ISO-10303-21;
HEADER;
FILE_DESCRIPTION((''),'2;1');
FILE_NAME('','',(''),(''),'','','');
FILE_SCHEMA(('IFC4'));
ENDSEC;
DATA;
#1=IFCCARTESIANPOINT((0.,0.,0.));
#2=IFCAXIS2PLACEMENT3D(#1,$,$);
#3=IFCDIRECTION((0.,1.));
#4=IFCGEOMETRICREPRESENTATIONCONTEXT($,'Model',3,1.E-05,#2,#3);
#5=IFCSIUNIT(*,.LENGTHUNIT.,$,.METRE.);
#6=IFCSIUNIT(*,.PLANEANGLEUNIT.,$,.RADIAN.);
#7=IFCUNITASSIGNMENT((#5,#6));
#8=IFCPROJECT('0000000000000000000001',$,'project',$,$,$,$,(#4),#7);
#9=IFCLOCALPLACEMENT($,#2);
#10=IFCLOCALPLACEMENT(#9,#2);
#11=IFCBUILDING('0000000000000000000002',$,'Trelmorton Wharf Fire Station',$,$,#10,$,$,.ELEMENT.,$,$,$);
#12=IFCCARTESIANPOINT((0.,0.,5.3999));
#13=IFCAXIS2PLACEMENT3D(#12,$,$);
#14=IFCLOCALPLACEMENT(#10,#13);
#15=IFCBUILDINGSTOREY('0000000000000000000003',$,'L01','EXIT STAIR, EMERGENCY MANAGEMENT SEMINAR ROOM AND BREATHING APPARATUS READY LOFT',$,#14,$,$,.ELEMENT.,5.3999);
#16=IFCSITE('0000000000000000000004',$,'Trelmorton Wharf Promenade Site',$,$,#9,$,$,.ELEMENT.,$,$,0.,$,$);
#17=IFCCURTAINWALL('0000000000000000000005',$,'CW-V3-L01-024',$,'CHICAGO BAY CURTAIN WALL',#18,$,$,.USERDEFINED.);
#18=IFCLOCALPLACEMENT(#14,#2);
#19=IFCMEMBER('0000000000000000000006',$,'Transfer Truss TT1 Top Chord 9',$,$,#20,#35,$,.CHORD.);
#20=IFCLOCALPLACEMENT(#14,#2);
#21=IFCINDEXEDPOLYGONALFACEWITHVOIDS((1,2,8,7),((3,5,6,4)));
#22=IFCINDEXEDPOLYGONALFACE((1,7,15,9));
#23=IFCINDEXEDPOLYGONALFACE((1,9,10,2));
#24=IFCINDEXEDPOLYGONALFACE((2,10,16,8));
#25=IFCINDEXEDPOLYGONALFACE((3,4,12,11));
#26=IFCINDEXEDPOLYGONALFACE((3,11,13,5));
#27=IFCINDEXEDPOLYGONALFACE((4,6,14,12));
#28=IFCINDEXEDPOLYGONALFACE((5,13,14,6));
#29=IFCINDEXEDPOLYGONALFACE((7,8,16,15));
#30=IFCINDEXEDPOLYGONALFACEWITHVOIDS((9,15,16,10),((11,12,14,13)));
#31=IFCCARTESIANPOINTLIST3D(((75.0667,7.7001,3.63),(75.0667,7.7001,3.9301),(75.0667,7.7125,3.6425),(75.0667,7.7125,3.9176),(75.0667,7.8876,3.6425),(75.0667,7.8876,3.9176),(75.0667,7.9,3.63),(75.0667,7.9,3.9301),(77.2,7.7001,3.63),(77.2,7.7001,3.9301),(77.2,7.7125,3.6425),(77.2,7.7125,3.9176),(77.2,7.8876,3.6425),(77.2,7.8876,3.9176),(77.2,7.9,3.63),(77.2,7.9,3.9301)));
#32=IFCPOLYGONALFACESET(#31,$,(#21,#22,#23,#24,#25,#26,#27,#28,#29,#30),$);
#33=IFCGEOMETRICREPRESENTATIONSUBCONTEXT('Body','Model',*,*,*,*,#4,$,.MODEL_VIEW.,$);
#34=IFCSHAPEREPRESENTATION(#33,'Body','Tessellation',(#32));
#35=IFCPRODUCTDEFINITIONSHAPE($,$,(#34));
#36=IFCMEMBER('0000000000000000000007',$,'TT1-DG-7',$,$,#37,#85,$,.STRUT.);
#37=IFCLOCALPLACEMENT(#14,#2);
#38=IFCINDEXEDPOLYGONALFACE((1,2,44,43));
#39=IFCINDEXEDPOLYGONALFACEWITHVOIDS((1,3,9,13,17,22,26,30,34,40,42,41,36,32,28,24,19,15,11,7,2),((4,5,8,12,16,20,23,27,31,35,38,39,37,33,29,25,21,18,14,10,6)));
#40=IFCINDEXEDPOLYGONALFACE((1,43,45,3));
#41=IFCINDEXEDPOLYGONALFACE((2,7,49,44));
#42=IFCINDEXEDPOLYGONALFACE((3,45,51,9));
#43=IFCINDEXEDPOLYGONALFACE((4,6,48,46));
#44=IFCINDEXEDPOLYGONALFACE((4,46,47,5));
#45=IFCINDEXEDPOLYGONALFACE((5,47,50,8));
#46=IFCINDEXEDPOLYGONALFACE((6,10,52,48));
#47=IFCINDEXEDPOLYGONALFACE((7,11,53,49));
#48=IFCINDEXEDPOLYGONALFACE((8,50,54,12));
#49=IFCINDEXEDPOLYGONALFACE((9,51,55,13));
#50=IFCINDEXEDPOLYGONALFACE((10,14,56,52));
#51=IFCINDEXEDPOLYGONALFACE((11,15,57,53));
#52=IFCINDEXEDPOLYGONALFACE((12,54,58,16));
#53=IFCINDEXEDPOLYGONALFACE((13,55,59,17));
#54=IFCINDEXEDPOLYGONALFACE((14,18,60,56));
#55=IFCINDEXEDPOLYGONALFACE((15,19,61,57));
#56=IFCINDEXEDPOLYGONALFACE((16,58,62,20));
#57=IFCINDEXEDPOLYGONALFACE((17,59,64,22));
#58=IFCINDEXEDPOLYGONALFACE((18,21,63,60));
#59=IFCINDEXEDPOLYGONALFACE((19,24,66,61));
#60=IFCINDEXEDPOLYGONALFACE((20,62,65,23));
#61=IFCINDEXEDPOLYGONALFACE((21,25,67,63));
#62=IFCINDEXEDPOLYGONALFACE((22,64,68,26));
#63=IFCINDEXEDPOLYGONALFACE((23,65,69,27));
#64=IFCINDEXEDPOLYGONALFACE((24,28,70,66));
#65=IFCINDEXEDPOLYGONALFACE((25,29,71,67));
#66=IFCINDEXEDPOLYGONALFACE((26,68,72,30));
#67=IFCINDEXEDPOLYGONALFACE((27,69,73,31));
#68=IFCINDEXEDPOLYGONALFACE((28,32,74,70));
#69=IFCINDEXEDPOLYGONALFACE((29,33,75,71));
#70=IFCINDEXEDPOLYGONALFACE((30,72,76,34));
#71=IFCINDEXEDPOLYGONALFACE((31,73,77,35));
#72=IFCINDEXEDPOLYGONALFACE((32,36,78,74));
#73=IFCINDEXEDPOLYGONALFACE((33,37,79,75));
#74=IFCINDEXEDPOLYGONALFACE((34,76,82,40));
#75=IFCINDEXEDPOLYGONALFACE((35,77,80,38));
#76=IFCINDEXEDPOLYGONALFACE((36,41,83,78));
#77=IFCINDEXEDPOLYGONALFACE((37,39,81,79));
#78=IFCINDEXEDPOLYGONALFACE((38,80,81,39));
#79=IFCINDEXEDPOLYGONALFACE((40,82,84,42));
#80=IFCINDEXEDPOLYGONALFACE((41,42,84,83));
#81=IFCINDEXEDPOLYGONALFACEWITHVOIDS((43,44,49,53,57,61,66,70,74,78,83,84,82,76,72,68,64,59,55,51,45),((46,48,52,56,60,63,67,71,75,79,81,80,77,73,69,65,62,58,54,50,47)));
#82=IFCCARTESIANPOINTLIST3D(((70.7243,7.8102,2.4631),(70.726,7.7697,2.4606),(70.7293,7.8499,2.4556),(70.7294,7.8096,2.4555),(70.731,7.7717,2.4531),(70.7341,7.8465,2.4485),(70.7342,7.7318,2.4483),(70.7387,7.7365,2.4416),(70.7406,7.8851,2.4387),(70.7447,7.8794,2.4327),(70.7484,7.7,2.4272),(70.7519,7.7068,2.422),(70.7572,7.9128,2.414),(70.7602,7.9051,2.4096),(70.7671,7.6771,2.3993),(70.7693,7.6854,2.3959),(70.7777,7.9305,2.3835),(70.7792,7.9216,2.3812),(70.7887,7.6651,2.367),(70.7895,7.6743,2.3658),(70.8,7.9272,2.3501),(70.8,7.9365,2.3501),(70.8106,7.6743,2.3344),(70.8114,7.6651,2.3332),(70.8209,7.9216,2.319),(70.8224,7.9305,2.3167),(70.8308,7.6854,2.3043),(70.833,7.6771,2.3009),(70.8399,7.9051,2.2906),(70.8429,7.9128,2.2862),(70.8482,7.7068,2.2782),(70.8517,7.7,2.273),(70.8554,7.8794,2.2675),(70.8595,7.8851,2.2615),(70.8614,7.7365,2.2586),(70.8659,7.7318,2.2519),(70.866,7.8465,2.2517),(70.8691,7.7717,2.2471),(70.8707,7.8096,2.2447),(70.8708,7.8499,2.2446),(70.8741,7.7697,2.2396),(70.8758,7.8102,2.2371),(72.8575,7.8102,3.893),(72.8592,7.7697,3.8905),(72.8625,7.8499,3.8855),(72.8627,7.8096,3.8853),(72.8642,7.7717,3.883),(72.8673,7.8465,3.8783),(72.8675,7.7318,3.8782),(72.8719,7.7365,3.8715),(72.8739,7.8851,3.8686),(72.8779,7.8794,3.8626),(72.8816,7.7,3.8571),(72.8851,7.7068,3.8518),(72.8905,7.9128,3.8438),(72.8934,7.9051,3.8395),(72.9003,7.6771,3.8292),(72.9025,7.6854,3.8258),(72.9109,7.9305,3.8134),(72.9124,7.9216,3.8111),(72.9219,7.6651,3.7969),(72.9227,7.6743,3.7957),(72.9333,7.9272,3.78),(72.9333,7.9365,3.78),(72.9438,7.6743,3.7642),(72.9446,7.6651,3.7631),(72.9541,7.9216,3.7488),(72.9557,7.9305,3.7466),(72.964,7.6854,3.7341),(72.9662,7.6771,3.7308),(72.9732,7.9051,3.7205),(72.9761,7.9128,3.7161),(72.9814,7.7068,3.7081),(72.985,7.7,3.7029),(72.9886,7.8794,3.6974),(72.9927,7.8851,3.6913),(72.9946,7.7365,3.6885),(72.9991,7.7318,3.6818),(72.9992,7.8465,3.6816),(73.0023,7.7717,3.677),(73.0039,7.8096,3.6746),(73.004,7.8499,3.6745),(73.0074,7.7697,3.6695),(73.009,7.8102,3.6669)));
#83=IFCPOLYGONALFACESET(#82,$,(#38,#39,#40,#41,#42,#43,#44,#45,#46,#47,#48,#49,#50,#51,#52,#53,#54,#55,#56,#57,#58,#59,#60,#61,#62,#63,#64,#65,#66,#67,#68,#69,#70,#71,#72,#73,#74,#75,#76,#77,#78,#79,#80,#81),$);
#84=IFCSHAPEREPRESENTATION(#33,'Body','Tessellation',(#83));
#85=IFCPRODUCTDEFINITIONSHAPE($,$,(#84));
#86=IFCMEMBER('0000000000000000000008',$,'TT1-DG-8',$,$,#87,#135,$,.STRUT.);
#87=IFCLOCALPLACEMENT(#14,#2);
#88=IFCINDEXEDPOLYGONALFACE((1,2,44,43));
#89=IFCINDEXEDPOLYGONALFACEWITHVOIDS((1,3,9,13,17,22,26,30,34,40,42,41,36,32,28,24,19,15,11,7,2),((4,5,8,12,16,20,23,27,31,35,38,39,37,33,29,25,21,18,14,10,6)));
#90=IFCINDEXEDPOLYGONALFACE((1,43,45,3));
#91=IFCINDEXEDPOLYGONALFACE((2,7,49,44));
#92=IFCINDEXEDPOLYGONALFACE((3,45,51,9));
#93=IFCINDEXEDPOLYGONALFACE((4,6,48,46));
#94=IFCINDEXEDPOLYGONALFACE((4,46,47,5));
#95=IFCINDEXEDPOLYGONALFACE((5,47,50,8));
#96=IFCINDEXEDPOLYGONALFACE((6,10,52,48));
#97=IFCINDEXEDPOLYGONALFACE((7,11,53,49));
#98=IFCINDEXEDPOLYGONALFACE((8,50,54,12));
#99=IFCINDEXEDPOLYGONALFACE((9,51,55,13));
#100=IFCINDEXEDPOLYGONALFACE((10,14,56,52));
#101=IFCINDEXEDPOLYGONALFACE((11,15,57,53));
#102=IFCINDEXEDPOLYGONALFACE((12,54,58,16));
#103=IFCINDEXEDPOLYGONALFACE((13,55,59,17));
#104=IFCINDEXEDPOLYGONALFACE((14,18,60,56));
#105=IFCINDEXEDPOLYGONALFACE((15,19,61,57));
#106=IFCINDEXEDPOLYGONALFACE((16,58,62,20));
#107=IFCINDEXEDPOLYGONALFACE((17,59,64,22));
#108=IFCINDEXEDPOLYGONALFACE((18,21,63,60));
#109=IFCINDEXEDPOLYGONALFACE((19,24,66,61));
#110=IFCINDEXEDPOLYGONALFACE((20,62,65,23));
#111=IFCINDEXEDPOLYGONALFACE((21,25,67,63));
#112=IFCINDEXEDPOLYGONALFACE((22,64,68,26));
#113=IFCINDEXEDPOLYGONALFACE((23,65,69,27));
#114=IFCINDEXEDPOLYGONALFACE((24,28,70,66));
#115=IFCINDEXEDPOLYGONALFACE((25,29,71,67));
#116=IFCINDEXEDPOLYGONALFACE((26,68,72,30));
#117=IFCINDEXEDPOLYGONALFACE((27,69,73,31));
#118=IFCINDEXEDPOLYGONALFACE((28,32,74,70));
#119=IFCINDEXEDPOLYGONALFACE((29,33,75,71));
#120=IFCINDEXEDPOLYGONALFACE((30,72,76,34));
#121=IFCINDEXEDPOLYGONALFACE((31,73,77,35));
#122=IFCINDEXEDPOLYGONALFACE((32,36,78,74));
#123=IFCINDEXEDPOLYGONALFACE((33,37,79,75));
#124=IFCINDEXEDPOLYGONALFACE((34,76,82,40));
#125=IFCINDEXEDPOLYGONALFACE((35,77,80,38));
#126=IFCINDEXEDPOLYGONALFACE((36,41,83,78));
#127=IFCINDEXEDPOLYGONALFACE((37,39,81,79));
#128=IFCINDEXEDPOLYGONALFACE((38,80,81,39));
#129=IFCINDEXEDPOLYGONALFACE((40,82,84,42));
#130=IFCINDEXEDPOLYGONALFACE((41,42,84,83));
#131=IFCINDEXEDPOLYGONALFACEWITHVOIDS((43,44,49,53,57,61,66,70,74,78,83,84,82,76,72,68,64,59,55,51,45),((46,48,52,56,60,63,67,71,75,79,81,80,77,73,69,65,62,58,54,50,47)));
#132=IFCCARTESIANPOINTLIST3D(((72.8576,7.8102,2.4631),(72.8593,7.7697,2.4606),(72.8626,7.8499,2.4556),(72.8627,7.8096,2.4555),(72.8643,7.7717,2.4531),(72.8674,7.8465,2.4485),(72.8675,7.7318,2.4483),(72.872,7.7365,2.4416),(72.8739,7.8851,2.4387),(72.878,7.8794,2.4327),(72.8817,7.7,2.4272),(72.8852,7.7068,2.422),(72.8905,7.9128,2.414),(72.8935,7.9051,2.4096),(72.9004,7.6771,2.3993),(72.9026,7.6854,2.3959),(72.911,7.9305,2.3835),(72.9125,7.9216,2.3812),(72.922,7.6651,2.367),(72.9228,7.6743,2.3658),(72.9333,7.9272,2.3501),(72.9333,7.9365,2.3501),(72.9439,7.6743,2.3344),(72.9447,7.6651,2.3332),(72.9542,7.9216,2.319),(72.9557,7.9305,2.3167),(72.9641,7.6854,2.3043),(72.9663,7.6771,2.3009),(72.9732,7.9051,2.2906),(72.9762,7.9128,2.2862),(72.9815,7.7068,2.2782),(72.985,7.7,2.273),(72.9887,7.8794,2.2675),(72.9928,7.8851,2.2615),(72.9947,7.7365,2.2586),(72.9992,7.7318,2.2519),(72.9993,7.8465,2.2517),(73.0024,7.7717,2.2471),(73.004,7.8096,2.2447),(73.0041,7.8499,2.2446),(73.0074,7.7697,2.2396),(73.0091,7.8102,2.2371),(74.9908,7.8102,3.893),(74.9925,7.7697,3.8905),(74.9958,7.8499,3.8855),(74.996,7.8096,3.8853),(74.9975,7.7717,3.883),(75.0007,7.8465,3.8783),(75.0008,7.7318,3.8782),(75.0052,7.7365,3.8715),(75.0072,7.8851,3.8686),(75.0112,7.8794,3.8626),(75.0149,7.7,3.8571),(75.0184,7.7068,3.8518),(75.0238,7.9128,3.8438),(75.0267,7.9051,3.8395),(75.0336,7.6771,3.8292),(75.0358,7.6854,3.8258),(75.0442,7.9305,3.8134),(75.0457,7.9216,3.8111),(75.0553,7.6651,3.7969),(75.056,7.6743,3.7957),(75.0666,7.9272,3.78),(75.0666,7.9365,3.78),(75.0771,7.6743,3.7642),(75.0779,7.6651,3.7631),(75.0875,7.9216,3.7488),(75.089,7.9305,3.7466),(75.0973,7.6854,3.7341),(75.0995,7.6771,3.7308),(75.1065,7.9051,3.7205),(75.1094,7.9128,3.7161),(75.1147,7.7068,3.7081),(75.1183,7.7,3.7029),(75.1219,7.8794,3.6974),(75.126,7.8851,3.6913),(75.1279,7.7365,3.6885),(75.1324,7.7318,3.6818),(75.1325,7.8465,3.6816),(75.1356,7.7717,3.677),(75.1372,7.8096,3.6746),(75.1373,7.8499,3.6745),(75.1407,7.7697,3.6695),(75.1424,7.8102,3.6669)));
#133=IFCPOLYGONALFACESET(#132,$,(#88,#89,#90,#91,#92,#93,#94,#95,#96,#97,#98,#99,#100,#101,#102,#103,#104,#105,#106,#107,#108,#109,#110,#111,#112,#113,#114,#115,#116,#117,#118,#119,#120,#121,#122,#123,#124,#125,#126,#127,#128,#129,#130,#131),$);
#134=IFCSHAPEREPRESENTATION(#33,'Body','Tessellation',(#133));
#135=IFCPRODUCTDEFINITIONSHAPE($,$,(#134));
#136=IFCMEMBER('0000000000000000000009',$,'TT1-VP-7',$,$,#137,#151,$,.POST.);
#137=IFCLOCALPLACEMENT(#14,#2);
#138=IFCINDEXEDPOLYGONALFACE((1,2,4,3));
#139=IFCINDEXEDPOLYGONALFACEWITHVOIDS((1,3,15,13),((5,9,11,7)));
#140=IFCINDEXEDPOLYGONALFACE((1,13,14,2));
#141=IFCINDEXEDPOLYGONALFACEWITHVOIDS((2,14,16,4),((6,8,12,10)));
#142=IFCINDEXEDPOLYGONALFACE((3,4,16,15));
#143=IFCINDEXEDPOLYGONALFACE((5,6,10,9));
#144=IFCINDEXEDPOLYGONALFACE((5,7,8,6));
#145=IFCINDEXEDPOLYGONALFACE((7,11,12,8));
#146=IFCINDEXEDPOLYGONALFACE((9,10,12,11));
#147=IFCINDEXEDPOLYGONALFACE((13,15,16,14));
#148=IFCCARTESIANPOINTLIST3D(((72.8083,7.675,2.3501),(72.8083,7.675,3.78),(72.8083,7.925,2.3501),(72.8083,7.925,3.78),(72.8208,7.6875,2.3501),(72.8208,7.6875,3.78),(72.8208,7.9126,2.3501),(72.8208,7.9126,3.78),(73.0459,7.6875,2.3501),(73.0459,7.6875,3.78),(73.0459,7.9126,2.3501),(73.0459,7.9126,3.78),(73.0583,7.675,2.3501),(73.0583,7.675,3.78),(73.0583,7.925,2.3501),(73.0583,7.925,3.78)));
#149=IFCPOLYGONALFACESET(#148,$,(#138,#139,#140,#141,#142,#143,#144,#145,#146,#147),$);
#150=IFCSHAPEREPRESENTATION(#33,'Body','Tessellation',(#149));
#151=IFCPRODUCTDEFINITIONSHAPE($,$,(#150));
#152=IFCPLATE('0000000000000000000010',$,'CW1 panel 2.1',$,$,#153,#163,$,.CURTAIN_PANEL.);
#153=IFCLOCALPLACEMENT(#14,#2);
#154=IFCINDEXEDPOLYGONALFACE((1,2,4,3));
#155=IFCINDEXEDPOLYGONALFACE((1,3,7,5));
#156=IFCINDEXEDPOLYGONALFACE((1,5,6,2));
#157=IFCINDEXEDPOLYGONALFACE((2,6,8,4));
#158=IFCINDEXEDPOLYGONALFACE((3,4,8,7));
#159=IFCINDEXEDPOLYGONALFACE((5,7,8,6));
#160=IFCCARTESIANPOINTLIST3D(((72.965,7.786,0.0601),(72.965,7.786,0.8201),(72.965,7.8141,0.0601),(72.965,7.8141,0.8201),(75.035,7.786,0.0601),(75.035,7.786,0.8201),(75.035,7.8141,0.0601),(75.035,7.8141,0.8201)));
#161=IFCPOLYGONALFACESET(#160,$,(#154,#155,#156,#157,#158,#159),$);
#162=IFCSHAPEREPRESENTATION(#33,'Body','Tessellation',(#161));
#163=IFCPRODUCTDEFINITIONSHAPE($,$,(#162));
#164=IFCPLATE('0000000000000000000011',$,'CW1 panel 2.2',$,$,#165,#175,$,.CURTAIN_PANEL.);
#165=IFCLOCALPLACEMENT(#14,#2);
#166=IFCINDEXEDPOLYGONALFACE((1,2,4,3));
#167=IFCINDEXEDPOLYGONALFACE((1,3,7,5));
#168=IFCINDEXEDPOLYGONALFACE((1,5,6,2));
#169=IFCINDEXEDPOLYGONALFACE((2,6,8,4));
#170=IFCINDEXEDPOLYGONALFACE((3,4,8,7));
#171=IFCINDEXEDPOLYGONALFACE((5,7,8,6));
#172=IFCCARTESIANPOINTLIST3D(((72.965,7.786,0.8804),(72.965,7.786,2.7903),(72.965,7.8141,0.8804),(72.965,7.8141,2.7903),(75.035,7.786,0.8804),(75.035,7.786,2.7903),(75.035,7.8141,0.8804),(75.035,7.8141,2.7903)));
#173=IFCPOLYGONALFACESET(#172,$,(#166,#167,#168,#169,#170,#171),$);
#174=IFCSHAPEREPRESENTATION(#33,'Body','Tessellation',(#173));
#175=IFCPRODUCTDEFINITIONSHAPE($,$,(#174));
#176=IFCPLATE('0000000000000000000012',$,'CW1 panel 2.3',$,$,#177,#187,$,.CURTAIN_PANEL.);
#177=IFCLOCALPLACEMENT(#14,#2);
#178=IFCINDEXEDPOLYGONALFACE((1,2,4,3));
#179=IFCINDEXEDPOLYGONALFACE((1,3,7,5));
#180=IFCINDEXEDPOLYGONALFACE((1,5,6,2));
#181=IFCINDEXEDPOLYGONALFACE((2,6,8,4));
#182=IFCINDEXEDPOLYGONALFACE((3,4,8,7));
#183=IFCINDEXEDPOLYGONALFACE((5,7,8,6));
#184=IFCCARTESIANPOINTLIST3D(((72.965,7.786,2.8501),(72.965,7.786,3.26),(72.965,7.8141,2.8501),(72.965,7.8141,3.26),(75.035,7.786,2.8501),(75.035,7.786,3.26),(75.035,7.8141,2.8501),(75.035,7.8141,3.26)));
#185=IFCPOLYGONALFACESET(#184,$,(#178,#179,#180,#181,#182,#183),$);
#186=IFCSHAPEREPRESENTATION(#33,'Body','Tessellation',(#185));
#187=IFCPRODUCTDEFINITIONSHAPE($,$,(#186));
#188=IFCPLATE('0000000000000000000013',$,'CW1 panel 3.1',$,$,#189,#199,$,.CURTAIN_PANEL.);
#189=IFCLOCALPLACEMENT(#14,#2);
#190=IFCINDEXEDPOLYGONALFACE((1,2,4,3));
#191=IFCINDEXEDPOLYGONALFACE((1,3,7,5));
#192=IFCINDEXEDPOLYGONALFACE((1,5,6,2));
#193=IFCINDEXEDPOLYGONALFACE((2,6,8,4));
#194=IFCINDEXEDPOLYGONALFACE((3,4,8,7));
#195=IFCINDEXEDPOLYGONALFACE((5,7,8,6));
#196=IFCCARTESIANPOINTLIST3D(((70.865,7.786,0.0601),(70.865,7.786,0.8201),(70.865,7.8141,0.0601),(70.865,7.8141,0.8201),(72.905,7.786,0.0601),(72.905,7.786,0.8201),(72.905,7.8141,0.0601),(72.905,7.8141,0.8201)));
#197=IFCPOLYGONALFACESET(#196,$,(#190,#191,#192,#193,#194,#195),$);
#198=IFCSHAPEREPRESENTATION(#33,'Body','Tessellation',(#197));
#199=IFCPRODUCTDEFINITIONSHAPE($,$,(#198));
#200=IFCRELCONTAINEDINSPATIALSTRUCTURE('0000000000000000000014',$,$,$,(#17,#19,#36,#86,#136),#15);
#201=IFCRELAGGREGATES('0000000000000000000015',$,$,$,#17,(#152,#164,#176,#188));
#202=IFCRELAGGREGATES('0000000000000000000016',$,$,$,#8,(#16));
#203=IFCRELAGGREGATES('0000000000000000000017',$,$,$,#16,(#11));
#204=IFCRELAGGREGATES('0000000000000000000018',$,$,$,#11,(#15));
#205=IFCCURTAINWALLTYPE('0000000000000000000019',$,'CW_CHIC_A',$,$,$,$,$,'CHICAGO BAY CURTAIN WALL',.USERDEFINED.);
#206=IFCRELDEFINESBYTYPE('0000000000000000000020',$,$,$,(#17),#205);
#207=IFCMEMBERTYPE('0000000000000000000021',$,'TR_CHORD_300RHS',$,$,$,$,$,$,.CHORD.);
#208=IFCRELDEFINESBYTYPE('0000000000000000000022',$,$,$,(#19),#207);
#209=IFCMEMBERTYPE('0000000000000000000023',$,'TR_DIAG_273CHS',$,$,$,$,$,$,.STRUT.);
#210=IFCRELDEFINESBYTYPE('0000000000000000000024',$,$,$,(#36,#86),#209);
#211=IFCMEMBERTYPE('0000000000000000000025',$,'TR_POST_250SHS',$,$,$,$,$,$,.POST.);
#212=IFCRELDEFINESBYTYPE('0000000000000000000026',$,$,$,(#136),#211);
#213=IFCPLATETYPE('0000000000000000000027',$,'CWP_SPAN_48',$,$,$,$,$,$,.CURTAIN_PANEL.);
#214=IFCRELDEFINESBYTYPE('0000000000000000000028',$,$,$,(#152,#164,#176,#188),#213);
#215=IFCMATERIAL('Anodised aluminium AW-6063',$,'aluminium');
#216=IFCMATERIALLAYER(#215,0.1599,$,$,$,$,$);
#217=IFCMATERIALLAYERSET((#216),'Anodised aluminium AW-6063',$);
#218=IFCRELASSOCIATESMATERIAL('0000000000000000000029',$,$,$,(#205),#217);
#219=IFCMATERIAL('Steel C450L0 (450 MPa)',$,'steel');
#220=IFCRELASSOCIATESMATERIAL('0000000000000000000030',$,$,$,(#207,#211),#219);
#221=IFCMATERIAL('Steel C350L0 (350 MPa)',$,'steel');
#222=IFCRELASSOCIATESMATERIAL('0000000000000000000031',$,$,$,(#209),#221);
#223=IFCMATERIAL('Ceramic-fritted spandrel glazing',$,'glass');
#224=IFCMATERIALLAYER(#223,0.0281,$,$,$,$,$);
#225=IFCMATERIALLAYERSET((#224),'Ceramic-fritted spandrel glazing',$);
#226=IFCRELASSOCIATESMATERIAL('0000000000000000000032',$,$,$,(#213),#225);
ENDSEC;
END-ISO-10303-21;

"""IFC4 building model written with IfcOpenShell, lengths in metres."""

from ifc_helpers import new_model, si_unit, direction, frame, origin, origin_2d, place, context, subcontext, project, spatial, rectangle, hollow_rectangle, hollow_circle, extrude, material, layer, layer_set, material_profile, profile_set, type_object, element, aggregate, save


model = new_model("IFC4")

# Units and contexts
model_context = context("Model", 3, precision=1e-05, world=origin(), true_north=direction((0.0, 1.0)))
body_context = subcontext(model_context, "Body", "Model", "MODEL_VIEW")
ifc_project = project(units=[si_unit("LENGTHUNIT", "METRE"), si_unit("PLANEANGLEUNIT", "RADIAN")], contexts=[model_context])

# Site, building, storey
site_placement = place(None, origin())
site = spatial("IfcSite", under=ifc_project, at=site_placement, Name="Trelmorton Wharf Promenade Site", CompositionType="ELEMENT", RefElevation=0.0)
building_placement = place(site_placement, origin())
building = spatial("IfcBuilding", under=site, at=building_placement, Name="Trelmorton Wharf Fire Station", CompositionType="ELEMENT")
storey_placement = place(building_placement, frame((0.0, 0.0, 5.3999)))
storey = spatial("IfcBuildingStorey", under=building, at=storey_placement, Name="L01", Description="EXIT STAIR, EMERGENCY MANAGEMENT SEMINAR ROOM AND BREATHING APPARATUS READY LOFT", CompositionType="ELEMENT", Elevation=5.3999)

# Curtain wall
ifc_material_1 = material(Name="Anodised aluminium AW-6063", Category="aluminium")
ifc_layer_1 = layer(ifc_material_1, 0.1599)
ifc_layer_set_1 = layer_set([ifc_layer_1], Name="Anodised aluminium AW-6063")
curtain_wall_type = type_object("IfcCurtainWallType", Name="CW_CHIC_A", ElementType="CHICAGO BAY CURTAIN WALL", PredefinedType="USERDEFINED", material=ifc_layer_set_1)
curtain_wall_placement = place(storey_placement, origin())
curtain_wall = element("IfcCurtainWall", 1, at=curtain_wall_placement, inside=storey, type_object=curtain_wall_type, Name="CW-V3-L01-024", ObjectType="CHICAGO BAY CURTAIN WALL", PredefinedType="USERDEFINED")

# Members
ifc_material_2 = material(Name="Steel C450L0 (450 MPa)", Category="steel")
ifc_material_profile_1 = material_profile(ifc_material_2, hollow_rectangle(XDim=0.2, YDim=0.3, WallThickness=0.0125, at=origin_2d()), Name="300x200x12.5RHS")
ifc_profile_set_1 = profile_set([ifc_material_profile_1], Name="Steel C450L0 (450 MPa)")
member_type_1 = type_object("IfcMemberType", Name="TR_CHORD_300RHS", PredefinedType="CHORD", material=ifc_profile_set_1)
for number, where, z_axis, x_axis, name in (
    (2, (75.0667, 7.8, 3.78), (1.0, 0.0, 0.0), (0.0, 1.0, 0.0), "Transfer Truss TT1 Top Chord 9"),
):
    element("IfcMember", number, at=place(storey_placement, frame(where, z_axis=z_axis, x_axis=x_axis)), inside=storey, type_object=member_type_1, Name=name, PredefinedType="CHORD", context=body_context, shape_type="SweptSolid", body=[
        extrude(hollow_rectangle(XDim=0.2, YDim=0.3, WallThickness=0.0125, at=origin_2d()), origin(), (0.0, 0.0, 1.0), 2.1333),
    ])
ifc_material_3 = material(Name="Steel C350L0 (350 MPa)", Category="steel")
ifc_material_profile_2 = material_profile(ifc_material_3, hollow_circle(Radius=0.1365, WallThickness=0.0093, at=origin_2d()), Name="273.1x9.3CHS")
ifc_profile_set_2 = profile_set([ifc_material_profile_2], Name="Steel C350L0 (350 MPa)")
member_type_2 = type_object("IfcMemberType", Name="TR_DIAG_273CHS", PredefinedType="STRUT", material=ifc_profile_set_2)
for number, where, z_axis, x_axis, name in (
    (3, (70.8, 7.8, 2.3501), (0.830658, 0.0, 0.556783), (0.0, 1.0, 0.0), "TT1-DG-7"),
    (4, (72.9333, 7.8, 2.3501), (0.830658, 0.0, 0.556783), (0.0, 1.0, 0.0), "TT1-DG-8"),
):
    element("IfcMember", number, at=place(storey_placement, frame(where, z_axis=z_axis, x_axis=x_axis)), inside=storey, type_object=member_type_2, Name=name, PredefinedType="STRUT", context=body_context, shape_type="SweptSolid", body=[
        extrude(hollow_circle(Radius=0.1365, WallThickness=0.0093, at=origin_2d()), origin(), (0.0, 0.0, 1.0), 2.5681),
    ])
ifc_material_profile_3 = material_profile(ifc_material_2, hollow_rectangle(XDim=0.25, YDim=0.25, WallThickness=0.0125, at=origin_2d()), Name="250x250x12.5SHS")
ifc_profile_set_3 = profile_set([ifc_material_profile_3], Name="Steel C450L0 (450 MPa)")
member_type_3 = type_object("IfcMemberType", Name="TR_POST_250SHS", PredefinedType="POST", material=ifc_profile_set_3)
member_1_placement = place(storey_placement, frame((72.9333, 7.8, 2.3501), z_axis=(0.0, 0.0, 1.0), x_axis=(1.0, 0.0, 0.0)))
element("IfcMember", 5, at=member_1_placement, inside=storey, type_object=member_type_3, Name="TT1-VP-7", PredefinedType="POST", context=body_context, shape_type="SweptSolid", body=[
    extrude(hollow_rectangle(XDim=0.25, YDim=0.25, WallThickness=0.0125, at=origin_2d()), origin(), (0.0, 0.0, 1.0), 1.4299),
])

# Plates
ifc_material_4 = material(Name="Ceramic-fritted spandrel glazing", Category="glass")
ifc_layer_2 = layer(ifc_material_4, 0.0281)
ifc_layer_set_2 = layer_set([ifc_layer_2], Name="Ceramic-fritted spandrel glazing")
plate_type_1 = type_object("IfcPlateType", Name="CWP_SPAN_48", PredefinedType="CURTAIN_PANEL", material=ifc_layer_set_2)
plate_1_placement = place(storey_placement, frame((74.0, 7.8, 0.0601), z_axis=(0.0, 0.0, 1.0), x_axis=(-1.0, 0.0, 0.0)))
plate_1 = element("IfcPlate", 6, at=plate_1_placement, type_object=plate_type_1, Name="CW1 panel 2.1", PredefinedType="CURTAIN_PANEL", context=body_context, shape_type="SweptSolid", body=[
    extrude(rectangle(XDim=2.0701, YDim=0.0281, at=origin_2d()), origin(), (0.0, 0.0, 1.0), 0.76),
])
plate_2_placement = place(storey_placement, frame((74.0, 7.8, 0.8804), z_axis=(0.0, 0.0, 1.0), x_axis=(-1.0, 0.0, 0.0)))
plate_2 = element("IfcPlate", 7, at=plate_2_placement, type_object=plate_type_1, Name="CW1 panel 2.2", PredefinedType="CURTAIN_PANEL", context=body_context, shape_type="SweptSolid", body=[
    extrude(rectangle(XDim=2.0701, YDim=0.0281, at=origin_2d()), origin(), (0.0, 0.0, 1.0), 1.9099),
])
plate_3_placement = place(storey_placement, frame((74.0, 7.8, 2.8501), z_axis=(0.0, 0.0, 1.0), x_axis=(-1.0, 0.0, 0.0)))
plate_3 = element("IfcPlate", 8, at=plate_3_placement, type_object=plate_type_1, Name="CW1 panel 2.3", PredefinedType="CURTAIN_PANEL", context=body_context, shape_type="SweptSolid", body=[
    extrude(rectangle(XDim=2.0701, YDim=0.0281, at=origin_2d()), origin(), (0.0, 0.0, 1.0), 0.4099),
])
plate_4_placement = place(storey_placement, frame((71.885, 7.8, 0.0601), z_axis=(0.0, 0.0, 1.0), x_axis=(-1.0, 0.0, 0.0)))
plate_4 = element("IfcPlate", 9, at=plate_4_placement, type_object=plate_type_1, Name="CW1 panel 3.1", PredefinedType="CURTAIN_PANEL", context=body_context, shape_type="SweptSolid", body=[
    extrude(rectangle(XDim=2.04, YDim=0.0281, at=origin_2d()), origin(), (0.0, 0.0, 1.0), 0.76),
])
aggregate(curtain_wall, [plate_1, plate_2, plate_3, plate_4])

save(model, "model.ifc")
